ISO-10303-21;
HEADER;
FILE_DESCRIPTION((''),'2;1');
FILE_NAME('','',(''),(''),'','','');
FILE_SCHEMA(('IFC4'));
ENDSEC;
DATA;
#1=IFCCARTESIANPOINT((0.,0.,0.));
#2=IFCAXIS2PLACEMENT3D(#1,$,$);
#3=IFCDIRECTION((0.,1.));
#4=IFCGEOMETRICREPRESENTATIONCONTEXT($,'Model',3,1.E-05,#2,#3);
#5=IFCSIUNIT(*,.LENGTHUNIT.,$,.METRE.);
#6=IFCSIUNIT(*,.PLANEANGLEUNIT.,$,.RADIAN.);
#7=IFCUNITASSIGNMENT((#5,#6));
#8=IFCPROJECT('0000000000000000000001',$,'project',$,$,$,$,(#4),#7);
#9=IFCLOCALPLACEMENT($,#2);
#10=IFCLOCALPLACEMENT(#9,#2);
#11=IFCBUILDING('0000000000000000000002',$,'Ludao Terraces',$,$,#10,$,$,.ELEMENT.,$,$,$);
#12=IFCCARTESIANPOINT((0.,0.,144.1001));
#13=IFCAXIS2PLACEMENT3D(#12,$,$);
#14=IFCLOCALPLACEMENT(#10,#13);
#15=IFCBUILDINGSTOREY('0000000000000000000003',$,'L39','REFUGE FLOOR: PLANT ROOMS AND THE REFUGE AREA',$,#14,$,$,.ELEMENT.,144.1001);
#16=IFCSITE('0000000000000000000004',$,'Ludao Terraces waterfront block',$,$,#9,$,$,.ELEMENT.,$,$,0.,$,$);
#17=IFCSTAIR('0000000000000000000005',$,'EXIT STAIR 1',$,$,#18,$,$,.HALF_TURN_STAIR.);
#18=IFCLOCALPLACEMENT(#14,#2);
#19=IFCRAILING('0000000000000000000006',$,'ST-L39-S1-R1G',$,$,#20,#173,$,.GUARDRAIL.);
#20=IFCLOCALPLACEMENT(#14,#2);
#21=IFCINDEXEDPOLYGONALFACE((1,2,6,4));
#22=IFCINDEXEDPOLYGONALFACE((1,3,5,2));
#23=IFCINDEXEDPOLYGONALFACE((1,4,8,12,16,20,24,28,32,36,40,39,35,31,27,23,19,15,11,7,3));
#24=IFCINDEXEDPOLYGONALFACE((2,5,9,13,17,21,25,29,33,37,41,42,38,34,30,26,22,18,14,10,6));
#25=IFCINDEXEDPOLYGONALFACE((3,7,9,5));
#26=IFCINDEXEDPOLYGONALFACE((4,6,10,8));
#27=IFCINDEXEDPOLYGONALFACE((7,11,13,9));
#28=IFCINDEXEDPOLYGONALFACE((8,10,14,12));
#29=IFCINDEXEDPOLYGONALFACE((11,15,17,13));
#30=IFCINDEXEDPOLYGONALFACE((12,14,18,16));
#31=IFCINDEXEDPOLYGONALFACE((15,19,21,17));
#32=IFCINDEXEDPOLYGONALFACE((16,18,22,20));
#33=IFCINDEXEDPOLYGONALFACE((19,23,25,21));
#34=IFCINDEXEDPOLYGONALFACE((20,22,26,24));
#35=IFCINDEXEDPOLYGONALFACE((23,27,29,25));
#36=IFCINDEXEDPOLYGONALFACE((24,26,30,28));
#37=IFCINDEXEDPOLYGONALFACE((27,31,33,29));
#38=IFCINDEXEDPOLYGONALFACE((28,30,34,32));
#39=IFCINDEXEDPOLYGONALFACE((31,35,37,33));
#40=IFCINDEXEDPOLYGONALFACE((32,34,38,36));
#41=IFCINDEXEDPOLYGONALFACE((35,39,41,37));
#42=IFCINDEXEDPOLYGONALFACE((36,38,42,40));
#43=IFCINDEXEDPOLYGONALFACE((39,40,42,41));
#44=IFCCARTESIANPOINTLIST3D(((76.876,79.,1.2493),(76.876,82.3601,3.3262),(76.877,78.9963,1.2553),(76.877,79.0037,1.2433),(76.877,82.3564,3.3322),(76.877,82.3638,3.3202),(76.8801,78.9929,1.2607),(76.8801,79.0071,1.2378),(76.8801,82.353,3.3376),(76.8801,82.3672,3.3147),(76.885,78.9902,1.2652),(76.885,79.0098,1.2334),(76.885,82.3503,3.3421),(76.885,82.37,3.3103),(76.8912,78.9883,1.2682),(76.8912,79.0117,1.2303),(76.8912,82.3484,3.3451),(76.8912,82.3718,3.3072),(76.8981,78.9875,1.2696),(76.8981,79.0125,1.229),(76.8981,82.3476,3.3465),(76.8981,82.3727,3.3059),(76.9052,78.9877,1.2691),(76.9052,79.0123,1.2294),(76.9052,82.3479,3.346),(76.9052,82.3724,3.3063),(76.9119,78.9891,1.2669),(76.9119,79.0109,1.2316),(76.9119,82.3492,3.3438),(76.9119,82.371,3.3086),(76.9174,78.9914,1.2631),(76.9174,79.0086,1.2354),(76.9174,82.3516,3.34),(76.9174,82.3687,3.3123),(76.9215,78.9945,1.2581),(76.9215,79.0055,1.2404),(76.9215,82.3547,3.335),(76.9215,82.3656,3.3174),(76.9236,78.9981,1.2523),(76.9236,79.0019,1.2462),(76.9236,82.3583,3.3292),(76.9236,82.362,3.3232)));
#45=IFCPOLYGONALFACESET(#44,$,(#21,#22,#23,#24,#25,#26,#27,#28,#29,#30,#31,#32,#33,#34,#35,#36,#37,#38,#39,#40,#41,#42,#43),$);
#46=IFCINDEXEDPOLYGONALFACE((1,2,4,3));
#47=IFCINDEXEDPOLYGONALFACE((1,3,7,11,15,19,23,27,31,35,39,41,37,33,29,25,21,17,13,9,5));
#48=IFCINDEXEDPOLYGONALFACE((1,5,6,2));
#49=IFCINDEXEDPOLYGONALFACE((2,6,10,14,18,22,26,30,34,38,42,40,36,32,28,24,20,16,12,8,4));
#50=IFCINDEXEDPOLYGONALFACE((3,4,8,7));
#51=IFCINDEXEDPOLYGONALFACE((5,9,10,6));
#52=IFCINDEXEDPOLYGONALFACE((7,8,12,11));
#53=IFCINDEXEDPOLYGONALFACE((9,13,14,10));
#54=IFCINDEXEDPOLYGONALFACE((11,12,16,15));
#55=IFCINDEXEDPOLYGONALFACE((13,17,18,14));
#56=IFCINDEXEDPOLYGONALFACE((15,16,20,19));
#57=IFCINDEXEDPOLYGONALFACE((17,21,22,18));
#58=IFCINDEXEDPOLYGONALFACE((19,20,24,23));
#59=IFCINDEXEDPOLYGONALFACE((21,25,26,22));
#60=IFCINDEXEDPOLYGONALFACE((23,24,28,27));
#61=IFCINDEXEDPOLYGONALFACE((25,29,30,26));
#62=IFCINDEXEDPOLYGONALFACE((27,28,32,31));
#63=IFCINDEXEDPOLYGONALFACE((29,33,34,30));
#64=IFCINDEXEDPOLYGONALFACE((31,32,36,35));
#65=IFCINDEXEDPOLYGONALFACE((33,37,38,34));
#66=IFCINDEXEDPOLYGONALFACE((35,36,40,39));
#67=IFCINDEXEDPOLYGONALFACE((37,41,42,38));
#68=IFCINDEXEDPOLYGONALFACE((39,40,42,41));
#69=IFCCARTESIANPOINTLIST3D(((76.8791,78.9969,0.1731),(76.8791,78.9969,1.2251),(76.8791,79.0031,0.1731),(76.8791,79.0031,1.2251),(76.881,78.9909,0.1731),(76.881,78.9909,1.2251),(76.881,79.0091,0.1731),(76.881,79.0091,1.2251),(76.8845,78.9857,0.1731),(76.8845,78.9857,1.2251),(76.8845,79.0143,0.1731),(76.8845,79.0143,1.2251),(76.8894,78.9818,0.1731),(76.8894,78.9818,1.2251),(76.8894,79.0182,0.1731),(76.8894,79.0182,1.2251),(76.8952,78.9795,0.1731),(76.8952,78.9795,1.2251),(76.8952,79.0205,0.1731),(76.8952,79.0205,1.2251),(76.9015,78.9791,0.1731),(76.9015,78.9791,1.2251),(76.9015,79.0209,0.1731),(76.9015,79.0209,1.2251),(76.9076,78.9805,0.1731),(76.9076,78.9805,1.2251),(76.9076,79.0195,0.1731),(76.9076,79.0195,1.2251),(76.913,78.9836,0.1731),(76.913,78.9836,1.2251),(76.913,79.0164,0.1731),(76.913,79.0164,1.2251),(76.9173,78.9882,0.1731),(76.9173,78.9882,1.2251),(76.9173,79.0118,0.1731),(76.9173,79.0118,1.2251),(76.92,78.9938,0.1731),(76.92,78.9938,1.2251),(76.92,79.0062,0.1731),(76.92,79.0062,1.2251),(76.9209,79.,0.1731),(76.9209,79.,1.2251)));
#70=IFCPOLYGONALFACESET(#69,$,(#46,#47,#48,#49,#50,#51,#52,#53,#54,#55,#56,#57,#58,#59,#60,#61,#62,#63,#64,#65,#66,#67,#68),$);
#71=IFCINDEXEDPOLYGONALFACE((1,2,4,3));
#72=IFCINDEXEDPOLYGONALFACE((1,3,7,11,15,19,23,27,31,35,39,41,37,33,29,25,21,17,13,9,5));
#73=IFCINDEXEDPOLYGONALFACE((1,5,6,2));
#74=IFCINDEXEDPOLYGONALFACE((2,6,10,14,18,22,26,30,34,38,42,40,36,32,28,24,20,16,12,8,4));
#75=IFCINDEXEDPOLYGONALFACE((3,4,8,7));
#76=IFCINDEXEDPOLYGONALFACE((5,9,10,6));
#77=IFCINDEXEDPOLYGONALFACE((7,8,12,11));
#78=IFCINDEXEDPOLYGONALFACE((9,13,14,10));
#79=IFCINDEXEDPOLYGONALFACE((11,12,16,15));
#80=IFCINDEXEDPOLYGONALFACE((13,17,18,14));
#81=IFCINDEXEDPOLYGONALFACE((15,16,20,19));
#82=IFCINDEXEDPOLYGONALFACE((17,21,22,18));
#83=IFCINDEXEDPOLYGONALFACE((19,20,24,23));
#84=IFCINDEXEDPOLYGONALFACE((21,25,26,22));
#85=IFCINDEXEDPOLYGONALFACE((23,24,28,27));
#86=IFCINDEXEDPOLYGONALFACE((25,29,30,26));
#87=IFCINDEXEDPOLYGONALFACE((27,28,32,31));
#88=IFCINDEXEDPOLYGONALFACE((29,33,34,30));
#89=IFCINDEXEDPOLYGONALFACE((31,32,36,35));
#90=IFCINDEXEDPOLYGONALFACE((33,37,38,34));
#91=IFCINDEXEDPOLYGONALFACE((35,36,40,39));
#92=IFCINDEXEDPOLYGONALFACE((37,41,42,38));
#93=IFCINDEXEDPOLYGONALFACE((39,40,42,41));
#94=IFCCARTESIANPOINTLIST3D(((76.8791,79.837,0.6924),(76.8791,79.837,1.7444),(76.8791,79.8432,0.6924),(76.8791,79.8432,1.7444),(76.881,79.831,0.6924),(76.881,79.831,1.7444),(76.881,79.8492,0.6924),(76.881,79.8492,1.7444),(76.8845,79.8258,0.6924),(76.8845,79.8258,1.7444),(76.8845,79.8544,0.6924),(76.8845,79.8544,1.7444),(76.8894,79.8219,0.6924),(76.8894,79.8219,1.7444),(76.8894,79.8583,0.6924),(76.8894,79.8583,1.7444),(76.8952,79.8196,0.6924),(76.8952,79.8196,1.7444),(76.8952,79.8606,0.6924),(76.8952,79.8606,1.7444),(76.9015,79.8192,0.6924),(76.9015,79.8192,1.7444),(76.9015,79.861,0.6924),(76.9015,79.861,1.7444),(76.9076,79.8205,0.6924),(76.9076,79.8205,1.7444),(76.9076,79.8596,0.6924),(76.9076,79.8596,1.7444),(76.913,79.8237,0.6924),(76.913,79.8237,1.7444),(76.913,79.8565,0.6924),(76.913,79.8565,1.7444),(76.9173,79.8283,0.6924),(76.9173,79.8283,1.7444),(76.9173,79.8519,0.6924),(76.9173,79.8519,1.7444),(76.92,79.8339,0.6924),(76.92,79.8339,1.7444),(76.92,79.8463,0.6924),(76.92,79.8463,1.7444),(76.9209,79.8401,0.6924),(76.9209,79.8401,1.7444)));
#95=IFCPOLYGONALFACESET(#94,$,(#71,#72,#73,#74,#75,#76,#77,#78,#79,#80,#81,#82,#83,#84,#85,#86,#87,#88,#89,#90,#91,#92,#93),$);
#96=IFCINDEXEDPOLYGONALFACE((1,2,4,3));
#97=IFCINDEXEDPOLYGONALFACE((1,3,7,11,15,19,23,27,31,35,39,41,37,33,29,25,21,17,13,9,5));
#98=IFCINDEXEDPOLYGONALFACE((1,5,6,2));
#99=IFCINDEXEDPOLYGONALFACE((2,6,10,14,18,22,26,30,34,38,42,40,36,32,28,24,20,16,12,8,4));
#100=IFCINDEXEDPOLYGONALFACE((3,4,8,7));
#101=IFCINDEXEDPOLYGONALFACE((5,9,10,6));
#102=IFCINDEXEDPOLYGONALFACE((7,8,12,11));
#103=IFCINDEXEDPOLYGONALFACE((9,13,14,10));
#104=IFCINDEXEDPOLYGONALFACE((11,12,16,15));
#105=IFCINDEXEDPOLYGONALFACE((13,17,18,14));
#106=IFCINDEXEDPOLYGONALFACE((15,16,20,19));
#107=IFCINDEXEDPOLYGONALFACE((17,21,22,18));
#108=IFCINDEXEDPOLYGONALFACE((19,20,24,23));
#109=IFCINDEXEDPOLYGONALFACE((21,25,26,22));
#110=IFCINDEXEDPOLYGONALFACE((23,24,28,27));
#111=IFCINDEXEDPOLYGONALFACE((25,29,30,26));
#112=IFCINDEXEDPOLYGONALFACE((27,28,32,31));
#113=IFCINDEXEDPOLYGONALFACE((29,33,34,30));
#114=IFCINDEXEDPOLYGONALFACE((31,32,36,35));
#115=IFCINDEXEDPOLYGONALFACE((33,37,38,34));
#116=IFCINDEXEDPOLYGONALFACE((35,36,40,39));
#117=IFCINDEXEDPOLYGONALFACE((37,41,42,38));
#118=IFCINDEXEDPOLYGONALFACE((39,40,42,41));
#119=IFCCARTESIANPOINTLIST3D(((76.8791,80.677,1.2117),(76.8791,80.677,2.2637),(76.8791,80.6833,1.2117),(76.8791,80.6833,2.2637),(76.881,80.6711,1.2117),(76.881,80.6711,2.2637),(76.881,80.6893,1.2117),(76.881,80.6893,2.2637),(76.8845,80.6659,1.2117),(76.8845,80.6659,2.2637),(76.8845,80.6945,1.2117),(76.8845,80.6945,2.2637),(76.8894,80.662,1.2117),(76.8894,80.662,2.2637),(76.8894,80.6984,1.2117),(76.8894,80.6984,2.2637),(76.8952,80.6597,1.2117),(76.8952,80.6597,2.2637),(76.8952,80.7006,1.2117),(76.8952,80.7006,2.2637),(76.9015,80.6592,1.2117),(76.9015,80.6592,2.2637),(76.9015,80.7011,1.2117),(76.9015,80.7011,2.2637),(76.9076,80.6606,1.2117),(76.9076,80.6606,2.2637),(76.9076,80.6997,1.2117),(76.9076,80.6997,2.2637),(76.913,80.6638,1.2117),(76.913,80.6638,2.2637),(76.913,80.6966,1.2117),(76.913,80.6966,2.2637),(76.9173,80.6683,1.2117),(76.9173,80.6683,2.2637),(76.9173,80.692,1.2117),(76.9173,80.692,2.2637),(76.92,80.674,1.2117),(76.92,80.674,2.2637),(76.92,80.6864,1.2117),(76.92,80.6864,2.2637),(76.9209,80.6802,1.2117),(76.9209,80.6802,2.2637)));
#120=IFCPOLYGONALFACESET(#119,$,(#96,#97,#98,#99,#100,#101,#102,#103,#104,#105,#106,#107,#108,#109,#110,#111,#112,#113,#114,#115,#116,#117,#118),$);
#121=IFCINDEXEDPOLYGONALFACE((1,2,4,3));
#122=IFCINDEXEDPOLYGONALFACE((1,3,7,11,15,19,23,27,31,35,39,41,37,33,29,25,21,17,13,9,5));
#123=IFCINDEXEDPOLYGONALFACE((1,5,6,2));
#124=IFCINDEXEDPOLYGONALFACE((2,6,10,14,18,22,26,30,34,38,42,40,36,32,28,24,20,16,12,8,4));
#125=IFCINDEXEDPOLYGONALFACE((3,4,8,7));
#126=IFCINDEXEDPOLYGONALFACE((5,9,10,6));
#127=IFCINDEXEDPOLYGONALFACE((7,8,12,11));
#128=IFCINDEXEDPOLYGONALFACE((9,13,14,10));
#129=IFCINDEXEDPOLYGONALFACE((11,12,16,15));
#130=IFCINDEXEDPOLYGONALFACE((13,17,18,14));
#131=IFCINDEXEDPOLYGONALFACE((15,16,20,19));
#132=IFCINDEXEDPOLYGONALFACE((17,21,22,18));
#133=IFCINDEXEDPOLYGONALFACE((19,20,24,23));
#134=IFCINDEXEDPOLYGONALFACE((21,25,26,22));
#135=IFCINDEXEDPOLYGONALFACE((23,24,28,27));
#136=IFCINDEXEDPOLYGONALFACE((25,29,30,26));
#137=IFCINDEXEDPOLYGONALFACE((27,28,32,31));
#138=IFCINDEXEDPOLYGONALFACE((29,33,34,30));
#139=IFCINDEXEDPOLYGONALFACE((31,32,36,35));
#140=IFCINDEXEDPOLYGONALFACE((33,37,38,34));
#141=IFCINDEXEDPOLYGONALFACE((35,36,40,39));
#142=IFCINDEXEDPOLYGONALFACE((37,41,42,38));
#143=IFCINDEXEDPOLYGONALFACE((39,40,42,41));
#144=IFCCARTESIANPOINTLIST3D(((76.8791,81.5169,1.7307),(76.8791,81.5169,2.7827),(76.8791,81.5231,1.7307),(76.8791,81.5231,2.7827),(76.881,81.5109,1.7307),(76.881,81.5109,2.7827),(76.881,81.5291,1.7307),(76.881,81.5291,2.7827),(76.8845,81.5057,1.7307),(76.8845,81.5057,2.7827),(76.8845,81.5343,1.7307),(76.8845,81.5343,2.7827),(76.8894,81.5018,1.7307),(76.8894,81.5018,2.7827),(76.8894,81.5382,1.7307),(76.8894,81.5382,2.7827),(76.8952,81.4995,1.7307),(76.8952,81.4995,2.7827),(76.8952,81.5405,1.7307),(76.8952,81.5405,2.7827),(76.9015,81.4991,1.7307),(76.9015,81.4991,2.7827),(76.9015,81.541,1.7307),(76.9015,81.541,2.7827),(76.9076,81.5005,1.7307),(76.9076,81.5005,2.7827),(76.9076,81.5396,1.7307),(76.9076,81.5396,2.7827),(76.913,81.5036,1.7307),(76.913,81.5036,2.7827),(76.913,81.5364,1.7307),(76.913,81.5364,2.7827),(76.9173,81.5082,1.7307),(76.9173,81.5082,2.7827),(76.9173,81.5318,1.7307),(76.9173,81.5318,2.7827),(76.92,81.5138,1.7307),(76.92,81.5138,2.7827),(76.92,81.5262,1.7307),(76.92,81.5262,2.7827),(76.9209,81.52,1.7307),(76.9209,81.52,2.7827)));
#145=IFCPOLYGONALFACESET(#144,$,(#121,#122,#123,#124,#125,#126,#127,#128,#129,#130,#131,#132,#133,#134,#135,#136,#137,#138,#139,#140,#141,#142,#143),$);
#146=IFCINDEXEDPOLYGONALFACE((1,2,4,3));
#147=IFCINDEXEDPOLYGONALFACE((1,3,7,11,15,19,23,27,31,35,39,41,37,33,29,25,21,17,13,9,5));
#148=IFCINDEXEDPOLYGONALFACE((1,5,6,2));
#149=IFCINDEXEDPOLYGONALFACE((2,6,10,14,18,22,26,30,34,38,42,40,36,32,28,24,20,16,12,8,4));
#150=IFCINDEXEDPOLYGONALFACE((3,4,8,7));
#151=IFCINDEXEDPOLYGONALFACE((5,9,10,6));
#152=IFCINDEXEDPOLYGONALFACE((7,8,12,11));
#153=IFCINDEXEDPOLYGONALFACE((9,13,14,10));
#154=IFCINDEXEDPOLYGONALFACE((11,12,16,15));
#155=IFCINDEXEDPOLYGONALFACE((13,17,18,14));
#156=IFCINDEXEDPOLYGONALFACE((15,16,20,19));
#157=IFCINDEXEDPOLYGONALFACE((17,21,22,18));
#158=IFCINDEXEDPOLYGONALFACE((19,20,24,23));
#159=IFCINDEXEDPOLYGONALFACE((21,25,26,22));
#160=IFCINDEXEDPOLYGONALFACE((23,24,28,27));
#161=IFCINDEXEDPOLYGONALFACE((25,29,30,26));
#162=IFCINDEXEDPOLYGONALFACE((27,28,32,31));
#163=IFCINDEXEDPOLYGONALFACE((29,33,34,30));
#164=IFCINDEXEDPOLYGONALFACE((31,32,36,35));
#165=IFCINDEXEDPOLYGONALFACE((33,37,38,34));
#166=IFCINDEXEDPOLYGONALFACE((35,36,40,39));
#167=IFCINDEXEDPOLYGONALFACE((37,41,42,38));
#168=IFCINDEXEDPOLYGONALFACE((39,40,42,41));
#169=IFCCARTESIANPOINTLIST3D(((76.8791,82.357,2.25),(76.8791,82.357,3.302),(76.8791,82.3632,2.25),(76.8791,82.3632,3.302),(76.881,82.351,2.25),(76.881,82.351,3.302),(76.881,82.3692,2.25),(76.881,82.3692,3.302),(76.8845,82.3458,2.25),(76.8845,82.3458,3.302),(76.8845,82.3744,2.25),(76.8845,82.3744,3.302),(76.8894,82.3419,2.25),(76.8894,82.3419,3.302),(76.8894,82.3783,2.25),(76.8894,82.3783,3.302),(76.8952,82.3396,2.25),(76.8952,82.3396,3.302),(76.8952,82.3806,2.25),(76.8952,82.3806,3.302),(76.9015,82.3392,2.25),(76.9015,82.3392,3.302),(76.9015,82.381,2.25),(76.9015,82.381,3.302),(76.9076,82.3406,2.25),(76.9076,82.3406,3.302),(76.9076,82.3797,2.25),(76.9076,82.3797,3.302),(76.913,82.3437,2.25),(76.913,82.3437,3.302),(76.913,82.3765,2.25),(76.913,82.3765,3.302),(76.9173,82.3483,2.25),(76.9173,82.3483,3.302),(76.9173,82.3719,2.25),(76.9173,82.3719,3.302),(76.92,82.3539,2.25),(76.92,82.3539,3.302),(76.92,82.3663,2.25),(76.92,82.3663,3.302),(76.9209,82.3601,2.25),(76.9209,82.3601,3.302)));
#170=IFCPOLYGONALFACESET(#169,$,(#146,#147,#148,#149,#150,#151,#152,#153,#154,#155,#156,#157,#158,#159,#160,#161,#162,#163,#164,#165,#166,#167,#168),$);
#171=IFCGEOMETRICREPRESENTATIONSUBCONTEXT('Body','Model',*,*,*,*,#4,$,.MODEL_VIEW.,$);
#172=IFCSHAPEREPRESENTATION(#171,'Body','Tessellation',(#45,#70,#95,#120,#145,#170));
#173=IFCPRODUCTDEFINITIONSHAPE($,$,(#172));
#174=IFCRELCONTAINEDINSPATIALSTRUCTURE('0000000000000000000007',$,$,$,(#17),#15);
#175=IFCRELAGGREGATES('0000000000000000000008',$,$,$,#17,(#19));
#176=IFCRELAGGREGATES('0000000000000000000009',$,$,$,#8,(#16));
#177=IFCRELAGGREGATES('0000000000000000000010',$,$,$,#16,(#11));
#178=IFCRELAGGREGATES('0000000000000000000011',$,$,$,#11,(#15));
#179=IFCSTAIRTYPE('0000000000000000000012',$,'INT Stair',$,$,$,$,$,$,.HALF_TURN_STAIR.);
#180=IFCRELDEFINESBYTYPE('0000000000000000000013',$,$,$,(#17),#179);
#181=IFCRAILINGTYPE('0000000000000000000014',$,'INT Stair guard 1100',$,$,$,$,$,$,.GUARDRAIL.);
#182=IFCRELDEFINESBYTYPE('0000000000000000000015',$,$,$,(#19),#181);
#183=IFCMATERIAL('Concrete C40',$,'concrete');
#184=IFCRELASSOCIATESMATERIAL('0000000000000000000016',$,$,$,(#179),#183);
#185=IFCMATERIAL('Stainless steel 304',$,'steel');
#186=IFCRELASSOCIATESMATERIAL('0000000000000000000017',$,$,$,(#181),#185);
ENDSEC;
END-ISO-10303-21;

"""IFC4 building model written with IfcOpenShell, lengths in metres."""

from ifc_helpers import new_model, si_unit, direction, frame, origin, origin_2d, place, context, subcontext, project, spatial, circle, extrude, material, type_object, element, aggregate, save


model = new_model("IFC4")

# Units and contexts
model_context = context("Model", 3, precision=1e-05, world=origin(), true_north=direction((0.0, 1.0)))
body_context = subcontext(model_context, "Body", "Model", "MODEL_VIEW")
ifc_project = project(units=[si_unit("LENGTHUNIT", "METRE"), si_unit("PLANEANGLEUNIT", "RADIAN")], contexts=[model_context])

# Site, building, storey
site_placement = place(None, origin())
site = spatial("IfcSite", under=ifc_project, at=site_placement, Name="Ludao Terraces waterfront block", CompositionType="ELEMENT", RefElevation=0.0)
building_placement = place(site_placement, origin())
building = spatial("IfcBuilding", under=site, at=building_placement, Name="Ludao Terraces", CompositionType="ELEMENT")
storey_placement = place(building_placement, frame((0.0, 0.0, 144.1001)))
storey = spatial("IfcBuildingStorey", under=building, at=storey_placement, Name="L39", Description="REFUGE FLOOR: PLANT ROOMS AND THE REFUGE AREA", CompositionType="ELEMENT", Elevation=144.1001)

# Shared definitions
ifc_material_1 = material(Name="Stainless steel 304", Category="steel")

# Stair, railing
ifc_material_2 = material(Name="Concrete C40", Category="concrete")
stair_type = type_object("IfcStairType", Name="INT Stair", PredefinedType="HALF_TURN_STAIR", material=ifc_material_2)
stair_placement = place(storey_placement, origin())
stair = element("IfcStair", 1, at=stair_placement, inside=storey, type_object=stair_type, Name="EXIT STAIR 1", PredefinedType="HALF_TURN_STAIR")
railing_type = type_object("IfcRailingType", Name="INT Stair guard 1100", PredefinedType="GUARDRAIL", material=ifc_material_1)
railing_placement = place(storey_placement, frame((76.8999, 79.0, 0.1731)))
railing = element("IfcRailing", 2, at=railing_placement, type_object=railing_type, Name="ST-L39-S1-R1G", PredefinedType="GUARDRAIL", context=body_context, shape_type="SweptSolid", body=[
    extrude(circle(Radius=0.0239, at=origin_2d()), frame((0.0, 0.0, 1.0762), z_axis=(0.0, 0.850623, 0.525776), x_axis=(-1.0, 0.0, 0.0)), (0.0, 0.0, 1.0), 3.9502),
    extrude(circle(Radius=0.021, at=origin_2d()), origin(), (0.0, 0.0, 1.0), 1.052),
    extrude(circle(Radius=0.021, at=origin_2d()), frame((0.0, 0.8401, 0.5193)), (0.0, 0.0, 1.0), 1.052),
    extrude(circle(Radius=0.021, at=origin_2d()), frame((0.0, 1.6802, 1.0386)), (0.0, 0.0, 1.0), 1.052),
    extrude(circle(Radius=0.021, at=origin_2d()), frame((0.0, 2.52, 1.5576)), (0.0, 0.0, 1.0), 1.052),
    extrude(circle(Radius=0.021, at=origin_2d()), frame((0.0, 3.3601, 2.0769)), (0.0, 0.0, 1.0), 1.052),
])
aggregate(stair, [railing])

save(model, "model.ifc")
